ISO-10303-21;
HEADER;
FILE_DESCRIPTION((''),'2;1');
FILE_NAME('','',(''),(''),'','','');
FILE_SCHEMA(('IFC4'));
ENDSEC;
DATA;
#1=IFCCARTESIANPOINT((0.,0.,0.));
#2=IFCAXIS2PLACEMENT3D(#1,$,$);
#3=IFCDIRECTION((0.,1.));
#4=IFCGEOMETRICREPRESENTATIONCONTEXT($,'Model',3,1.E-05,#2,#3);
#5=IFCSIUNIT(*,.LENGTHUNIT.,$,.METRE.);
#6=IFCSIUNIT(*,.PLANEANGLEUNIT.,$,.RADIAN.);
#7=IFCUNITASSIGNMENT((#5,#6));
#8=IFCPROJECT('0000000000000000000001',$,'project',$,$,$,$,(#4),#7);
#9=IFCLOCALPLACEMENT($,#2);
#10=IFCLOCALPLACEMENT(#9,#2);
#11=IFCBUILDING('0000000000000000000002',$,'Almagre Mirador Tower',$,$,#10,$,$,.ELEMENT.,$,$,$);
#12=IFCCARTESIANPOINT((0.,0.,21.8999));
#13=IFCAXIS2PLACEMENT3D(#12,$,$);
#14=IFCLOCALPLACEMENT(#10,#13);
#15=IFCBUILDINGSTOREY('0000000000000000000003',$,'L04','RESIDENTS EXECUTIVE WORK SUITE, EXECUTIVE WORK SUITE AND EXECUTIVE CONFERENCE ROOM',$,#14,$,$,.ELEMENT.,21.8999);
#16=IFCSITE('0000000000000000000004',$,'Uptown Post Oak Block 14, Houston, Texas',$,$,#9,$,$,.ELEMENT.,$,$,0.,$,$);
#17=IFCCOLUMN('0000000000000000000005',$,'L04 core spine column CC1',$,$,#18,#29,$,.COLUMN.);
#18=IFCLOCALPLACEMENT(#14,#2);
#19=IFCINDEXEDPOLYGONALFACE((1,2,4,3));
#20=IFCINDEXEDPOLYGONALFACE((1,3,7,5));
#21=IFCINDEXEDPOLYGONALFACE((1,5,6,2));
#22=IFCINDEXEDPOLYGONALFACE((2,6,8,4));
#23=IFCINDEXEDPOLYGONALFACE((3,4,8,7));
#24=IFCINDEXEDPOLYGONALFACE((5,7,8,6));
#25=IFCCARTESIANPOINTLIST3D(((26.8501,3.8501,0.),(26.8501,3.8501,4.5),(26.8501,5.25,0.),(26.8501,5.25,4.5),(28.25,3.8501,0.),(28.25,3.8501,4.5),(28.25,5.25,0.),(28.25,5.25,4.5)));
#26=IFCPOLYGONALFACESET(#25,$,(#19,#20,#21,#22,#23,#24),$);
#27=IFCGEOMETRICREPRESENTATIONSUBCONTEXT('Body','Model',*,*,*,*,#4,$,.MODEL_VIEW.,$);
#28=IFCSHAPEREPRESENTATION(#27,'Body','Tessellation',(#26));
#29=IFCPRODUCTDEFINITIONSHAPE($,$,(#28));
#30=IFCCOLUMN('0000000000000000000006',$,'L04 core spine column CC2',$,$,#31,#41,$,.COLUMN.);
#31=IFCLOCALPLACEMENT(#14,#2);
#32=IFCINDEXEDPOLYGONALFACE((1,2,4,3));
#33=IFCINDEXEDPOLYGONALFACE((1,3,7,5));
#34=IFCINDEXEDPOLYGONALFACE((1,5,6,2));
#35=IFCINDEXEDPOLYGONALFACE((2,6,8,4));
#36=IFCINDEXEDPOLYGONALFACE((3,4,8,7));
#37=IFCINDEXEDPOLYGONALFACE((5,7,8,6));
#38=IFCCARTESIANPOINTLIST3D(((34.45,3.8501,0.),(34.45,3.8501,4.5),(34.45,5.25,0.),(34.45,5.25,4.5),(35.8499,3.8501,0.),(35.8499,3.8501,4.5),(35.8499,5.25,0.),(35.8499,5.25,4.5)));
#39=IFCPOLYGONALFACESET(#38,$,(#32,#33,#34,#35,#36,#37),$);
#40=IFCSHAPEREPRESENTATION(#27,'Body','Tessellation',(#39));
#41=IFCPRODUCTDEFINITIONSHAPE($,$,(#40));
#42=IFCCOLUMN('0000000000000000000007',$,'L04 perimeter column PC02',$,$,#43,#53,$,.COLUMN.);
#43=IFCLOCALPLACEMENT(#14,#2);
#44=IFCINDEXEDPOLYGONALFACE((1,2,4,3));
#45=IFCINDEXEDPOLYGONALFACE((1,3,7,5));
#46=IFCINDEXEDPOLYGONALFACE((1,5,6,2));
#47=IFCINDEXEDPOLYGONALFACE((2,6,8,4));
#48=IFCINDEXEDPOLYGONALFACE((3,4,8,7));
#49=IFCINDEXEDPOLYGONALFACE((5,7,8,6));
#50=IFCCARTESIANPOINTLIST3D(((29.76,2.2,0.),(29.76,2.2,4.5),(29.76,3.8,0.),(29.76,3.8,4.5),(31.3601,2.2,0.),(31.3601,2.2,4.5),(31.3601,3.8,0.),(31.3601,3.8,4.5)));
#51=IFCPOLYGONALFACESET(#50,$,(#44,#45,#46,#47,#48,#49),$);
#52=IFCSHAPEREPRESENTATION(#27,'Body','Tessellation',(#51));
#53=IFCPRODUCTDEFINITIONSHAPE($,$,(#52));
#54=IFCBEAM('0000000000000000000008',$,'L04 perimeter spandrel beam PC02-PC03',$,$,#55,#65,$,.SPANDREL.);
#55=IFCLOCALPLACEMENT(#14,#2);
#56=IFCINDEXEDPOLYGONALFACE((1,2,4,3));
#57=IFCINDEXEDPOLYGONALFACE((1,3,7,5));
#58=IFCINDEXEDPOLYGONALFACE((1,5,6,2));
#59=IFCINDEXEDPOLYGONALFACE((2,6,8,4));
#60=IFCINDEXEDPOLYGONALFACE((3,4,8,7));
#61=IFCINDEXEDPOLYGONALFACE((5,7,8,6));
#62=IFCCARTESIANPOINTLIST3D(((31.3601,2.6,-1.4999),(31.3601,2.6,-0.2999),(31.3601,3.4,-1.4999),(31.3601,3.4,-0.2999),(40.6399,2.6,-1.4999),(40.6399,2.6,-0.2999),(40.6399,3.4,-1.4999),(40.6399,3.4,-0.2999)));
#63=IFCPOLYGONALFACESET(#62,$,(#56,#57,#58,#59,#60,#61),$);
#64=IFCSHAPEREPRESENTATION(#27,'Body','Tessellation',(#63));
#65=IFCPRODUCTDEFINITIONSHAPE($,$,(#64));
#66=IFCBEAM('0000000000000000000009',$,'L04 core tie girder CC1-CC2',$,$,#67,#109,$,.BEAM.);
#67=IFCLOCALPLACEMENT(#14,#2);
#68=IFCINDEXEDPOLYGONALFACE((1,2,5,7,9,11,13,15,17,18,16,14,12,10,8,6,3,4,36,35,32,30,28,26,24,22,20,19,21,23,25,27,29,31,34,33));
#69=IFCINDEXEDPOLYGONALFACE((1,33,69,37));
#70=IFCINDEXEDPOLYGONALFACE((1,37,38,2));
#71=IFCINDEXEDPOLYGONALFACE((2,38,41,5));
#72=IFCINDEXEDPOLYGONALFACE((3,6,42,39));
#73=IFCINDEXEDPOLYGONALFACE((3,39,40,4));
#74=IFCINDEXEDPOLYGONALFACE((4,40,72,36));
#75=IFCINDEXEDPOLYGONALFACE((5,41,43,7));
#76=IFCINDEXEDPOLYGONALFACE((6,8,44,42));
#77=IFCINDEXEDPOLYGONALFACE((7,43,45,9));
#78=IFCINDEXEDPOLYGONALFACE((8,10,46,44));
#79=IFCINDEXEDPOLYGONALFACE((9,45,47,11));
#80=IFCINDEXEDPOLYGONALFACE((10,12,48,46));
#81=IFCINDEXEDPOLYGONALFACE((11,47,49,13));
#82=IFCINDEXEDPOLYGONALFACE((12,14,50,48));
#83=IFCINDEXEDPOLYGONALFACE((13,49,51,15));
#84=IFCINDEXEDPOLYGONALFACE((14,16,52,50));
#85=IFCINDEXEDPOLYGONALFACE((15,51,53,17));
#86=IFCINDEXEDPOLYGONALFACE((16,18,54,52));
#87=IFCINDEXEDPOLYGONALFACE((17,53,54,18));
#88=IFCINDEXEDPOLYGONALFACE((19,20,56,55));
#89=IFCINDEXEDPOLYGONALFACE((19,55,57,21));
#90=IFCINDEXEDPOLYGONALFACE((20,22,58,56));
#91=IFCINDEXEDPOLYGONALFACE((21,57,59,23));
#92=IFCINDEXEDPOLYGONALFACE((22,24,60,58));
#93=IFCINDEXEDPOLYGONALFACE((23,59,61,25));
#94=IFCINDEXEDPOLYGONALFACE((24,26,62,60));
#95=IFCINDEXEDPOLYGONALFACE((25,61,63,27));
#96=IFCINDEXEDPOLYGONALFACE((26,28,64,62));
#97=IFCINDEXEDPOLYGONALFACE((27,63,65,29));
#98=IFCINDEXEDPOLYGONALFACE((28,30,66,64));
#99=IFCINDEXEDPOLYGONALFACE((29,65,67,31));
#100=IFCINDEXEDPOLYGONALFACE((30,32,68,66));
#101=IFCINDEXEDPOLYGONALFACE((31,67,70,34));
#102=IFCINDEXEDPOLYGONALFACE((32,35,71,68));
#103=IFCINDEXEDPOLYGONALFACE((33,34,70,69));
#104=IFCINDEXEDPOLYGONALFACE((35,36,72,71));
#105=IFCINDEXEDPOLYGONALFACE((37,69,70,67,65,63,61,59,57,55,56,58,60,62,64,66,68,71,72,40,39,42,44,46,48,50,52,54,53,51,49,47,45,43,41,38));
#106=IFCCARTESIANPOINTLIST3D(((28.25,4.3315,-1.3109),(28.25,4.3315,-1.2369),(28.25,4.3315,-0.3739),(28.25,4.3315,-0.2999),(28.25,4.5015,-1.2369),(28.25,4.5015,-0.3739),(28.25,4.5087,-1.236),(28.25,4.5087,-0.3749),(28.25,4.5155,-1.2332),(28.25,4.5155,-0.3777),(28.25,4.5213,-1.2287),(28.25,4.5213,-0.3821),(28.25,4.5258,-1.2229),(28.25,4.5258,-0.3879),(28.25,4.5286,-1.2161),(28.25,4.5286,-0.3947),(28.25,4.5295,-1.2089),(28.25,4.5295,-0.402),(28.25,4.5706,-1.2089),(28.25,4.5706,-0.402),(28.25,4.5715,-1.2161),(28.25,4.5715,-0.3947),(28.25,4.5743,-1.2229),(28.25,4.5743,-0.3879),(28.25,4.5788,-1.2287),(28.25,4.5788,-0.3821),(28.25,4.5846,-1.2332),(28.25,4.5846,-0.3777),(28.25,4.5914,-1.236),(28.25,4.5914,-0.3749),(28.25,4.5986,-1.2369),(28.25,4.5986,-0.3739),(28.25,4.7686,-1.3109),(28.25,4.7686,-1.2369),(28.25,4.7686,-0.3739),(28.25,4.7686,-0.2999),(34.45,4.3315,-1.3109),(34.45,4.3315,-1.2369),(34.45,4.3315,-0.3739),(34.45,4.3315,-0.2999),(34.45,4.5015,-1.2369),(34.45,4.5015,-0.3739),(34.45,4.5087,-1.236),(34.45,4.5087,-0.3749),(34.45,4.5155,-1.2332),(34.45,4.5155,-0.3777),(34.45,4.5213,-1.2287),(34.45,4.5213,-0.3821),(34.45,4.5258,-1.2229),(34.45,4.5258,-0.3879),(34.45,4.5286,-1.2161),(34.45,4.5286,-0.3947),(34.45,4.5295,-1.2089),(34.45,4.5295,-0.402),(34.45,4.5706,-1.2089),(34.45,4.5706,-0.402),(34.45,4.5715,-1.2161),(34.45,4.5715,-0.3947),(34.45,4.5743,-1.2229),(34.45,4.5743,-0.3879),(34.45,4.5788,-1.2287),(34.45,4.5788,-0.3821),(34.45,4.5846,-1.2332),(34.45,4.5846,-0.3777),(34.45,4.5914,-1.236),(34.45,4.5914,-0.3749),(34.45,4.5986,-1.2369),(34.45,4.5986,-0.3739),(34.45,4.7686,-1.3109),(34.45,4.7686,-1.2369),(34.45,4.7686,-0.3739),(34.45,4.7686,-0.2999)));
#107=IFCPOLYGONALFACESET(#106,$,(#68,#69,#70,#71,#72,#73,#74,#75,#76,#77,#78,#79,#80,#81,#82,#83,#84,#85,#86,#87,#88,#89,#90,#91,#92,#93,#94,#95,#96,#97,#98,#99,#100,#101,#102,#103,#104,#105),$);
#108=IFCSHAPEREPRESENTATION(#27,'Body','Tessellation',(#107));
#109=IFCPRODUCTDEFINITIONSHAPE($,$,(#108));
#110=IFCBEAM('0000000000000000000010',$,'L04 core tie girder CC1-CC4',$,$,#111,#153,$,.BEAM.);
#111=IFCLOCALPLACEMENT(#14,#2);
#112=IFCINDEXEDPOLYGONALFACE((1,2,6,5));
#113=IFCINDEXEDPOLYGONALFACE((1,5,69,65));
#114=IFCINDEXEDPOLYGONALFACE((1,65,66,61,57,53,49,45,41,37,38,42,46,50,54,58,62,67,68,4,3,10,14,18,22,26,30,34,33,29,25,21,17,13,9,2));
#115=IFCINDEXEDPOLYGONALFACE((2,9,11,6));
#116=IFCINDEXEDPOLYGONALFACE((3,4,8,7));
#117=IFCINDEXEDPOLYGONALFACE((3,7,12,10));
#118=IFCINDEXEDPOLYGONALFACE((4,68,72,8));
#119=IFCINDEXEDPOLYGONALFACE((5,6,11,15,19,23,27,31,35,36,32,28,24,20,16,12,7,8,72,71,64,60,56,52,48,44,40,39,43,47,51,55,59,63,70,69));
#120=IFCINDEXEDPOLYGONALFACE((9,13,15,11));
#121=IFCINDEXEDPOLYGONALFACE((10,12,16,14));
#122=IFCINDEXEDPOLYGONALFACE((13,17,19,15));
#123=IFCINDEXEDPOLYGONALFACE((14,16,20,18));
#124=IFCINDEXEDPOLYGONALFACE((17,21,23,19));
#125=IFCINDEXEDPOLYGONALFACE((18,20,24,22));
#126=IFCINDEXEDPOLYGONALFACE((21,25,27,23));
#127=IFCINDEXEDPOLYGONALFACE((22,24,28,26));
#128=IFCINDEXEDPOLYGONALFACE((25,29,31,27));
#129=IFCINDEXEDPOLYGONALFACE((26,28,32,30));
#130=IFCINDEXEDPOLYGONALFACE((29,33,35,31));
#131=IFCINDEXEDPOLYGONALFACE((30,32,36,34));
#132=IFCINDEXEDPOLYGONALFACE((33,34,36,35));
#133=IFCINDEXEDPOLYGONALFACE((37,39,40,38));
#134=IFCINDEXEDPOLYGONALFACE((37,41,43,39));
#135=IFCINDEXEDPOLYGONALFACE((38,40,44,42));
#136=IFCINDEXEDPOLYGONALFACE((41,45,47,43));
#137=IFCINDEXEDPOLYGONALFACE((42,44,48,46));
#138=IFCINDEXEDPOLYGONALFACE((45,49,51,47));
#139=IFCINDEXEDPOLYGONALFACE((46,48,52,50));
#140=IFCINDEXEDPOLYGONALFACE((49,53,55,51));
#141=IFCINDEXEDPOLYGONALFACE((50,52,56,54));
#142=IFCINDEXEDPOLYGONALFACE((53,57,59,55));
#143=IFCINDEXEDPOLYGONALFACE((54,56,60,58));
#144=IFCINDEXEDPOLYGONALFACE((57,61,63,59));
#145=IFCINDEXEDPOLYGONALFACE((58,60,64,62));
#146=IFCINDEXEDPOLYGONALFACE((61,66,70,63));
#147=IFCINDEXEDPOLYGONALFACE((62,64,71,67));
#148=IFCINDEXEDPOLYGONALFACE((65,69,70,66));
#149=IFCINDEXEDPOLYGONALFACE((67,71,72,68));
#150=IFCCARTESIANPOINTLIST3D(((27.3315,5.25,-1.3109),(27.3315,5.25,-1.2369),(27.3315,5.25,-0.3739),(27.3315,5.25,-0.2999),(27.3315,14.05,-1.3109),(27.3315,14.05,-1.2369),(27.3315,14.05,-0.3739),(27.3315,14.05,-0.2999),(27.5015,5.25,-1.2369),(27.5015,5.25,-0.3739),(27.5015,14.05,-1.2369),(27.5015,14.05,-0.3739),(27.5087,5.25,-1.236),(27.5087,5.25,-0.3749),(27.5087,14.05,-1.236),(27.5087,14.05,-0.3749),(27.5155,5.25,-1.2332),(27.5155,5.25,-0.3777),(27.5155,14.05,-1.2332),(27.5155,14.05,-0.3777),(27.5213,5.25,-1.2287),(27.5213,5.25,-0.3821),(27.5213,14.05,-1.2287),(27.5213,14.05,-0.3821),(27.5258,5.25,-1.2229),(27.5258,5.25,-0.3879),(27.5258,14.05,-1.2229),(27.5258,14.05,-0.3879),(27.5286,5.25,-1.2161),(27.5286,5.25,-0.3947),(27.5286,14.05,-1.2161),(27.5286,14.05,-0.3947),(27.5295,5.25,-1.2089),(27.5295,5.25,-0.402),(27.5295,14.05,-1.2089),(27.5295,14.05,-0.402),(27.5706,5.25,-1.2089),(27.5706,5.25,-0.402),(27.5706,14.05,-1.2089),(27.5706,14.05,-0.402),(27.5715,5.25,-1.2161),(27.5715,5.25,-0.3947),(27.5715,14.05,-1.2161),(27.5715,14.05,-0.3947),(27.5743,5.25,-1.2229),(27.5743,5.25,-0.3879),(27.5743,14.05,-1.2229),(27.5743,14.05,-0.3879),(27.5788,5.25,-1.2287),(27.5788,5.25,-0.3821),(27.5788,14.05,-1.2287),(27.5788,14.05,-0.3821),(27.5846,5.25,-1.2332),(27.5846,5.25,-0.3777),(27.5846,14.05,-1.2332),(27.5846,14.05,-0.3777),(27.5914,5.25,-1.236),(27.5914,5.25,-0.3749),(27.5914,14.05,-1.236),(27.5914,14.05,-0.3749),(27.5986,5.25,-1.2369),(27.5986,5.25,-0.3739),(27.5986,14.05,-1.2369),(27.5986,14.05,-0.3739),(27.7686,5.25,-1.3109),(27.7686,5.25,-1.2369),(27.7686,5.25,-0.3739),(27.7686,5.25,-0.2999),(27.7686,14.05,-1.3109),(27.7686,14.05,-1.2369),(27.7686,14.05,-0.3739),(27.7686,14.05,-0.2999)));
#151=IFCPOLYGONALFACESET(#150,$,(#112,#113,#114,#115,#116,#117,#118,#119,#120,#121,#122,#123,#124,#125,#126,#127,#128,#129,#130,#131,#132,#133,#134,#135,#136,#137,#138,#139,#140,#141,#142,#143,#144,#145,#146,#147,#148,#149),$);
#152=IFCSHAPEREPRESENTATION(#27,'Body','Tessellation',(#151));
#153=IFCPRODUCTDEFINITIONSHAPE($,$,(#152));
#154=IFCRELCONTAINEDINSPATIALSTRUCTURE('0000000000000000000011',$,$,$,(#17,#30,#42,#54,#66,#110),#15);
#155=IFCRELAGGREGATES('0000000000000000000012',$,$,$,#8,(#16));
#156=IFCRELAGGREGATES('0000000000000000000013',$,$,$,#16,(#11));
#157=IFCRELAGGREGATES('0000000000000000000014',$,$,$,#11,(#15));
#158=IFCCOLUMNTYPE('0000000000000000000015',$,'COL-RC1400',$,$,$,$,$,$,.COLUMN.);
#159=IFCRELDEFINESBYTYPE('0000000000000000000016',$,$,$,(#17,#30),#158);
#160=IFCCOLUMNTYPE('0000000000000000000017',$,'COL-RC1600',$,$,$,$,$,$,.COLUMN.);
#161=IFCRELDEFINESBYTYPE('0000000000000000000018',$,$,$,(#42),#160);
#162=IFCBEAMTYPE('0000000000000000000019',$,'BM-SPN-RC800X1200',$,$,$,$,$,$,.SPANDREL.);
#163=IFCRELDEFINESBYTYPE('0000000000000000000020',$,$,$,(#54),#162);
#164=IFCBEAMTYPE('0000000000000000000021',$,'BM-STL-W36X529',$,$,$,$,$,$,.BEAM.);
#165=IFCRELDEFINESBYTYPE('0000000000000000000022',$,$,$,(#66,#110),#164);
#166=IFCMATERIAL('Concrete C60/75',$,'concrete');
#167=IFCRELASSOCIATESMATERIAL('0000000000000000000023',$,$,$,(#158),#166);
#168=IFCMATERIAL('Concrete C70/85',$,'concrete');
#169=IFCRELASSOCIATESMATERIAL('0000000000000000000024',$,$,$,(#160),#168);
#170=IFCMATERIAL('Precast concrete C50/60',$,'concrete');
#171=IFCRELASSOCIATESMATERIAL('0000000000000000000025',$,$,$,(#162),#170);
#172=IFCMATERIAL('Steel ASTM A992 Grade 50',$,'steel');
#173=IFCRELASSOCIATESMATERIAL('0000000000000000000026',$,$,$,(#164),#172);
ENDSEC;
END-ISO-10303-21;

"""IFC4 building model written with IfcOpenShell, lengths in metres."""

from ifc_helpers import new_model, si_unit, direction, frame, origin, origin_2d, place, context, subcontext, project, spatial, rectangle, i_section, extrude, material, material_profile, profile_set, type_object, element, save


model = new_model("IFC4")

# Units and contexts
model_context = context("Model", 3, precision=1e-05, world=origin(), true_north=direction((0.0, 1.0)))
body_context = subcontext(model_context, "Body", "Model", "MODEL_VIEW")
ifc_project = project(units=[si_unit("LENGTHUNIT", "METRE"), si_unit("PLANEANGLEUNIT", "RADIAN")], contexts=[model_context])

# Site, building, storey
site_placement = place(None, origin())
site = spatial("IfcSite", under=ifc_project, at=site_placement, Name="Uptown Post Oak Block 14, Houston, Texas", CompositionType="ELEMENT", RefElevation=0.0)
building_placement = place(site_placement, origin())
building = spatial("IfcBuilding", under=site, at=building_placement, Name="Almagre Mirador Tower", CompositionType="ELEMENT")
storey_placement = place(building_placement, frame((0.0, 0.0, 21.8999)))
storey = spatial("IfcBuildingStorey", under=building, at=storey_placement, Name="L04", Description="RESIDENTS EXECUTIVE WORK SUITE, EXECUTIVE WORK SUITE AND EXECUTIVE CONFERENCE ROOM", CompositionType="ELEMENT", Elevation=21.8999)

# Columns
ifc_material_1 = material(Name="Concrete C60/75", Category="concrete")
ifc_material_profile_1 = material_profile(ifc_material_1, rectangle(XDim=1.3999, YDim=1.3999, at=origin_2d()), Name="RC1400X1400")
ifc_profile_set_1 = profile_set([ifc_material_profile_1], Name="Concrete C60/75")
column_type_1 = type_object("IfcColumnType", Name="COL-RC1400", PredefinedType="COLUMN", material=ifc_profile_set_1)
for number, where, z_axis, x_axis, name in (
    (1, (27.55, 4.55, 0.0), (0.0, 0.0, 1.0), (1.0, 0.0, 0.0), "L04 core spine column CC1"),
    (2, (35.1499, 4.55, 0.0), (0.0, 0.0, 1.0), (1.0, 0.0, 0.0), "L04 core spine column CC2"),
):
    element("IfcColumn", number, at=place(storey_placement, frame(where, z_axis=z_axis, x_axis=x_axis)), inside=storey, type_object=column_type_1, Name=name, PredefinedType="COLUMN", context=body_context, shape_type="SweptSolid", body=[
        extrude(rectangle(XDim=1.3999, YDim=1.3999, at=origin_2d()), origin(), (0.0, 0.0, 1.0), 4.5),
    ])
ifc_material_2 = material(Name="Concrete C70/85", Category="concrete")
ifc_material_profile_2 = material_profile(ifc_material_2, rectangle(XDim=1.6001, YDim=1.6001, at=origin_2d()), Name="RC1600X1600")
ifc_profile_set_2 = profile_set([ifc_material_profile_2], Name="Concrete C70/85")
column_type_2 = type_object("IfcColumnType", Name="COL-RC1600", PredefinedType="COLUMN", material=ifc_profile_set_2)
column_placement = place(storey_placement, frame((30.5601, 3.0, 0.0), z_axis=(0.0, 0.0, 1.0), x_axis=(1.0, 0.0, 0.0)))
element("IfcColumn", 3, at=column_placement, inside=storey, type_object=column_type_2, Name="L04 perimeter column PC02", PredefinedType="COLUMN", context=body_context, shape_type="SweptSolid", body=[
    extrude(rectangle(XDim=1.6001, YDim=1.6001, at=origin_2d()), origin(), (0.0, 0.0, 1.0), 4.5),
])

# Beams
ifc_material_3 = material(Name="Precast concrete C50/60", Category="concrete")
ifc_material_profile_3 = material_profile(ifc_material_3, rectangle(XDim=0.8, YDim=1.2, at=origin_2d()), Name="RC800X1200")
ifc_profile_set_3 = profile_set([ifc_material_profile_3], Name="Precast concrete C50/60")
beam_type_1 = type_object("IfcBeamType", Name="BM-SPN-RC800X1200", PredefinedType="SPANDREL", material=ifc_profile_set_3)
beam_1_placement = place(storey_placement, frame((31.3601, 3.0, -0.8999), z_axis=(1.0, 0.0, 0.0), x_axis=(0.0, 1.0, 0.0)))
element("IfcBeam", 4, at=beam_1_placement, inside=storey, type_object=beam_type_1, Name="L04 perimeter spandrel beam PC02-PC03", PredefinedType="SPANDREL", context=body_context, shape_type="SweptSolid", body=[
    extrude(rectangle(XDim=0.8, YDim=1.2, at=origin_2d()), origin(), (0.0, 0.0, 1.0), 9.2798),
])
ifc_material_4 = material(Name="Steel ASTM A992 Grade 50", Category="steel")
ifc_material_profile_4 = material_profile(ifc_material_4, i_section(OverallWidth=0.437, OverallDepth=1.011, WebThickness=0.041, FlangeThickness=0.074, FilletRadius=0.0281, at=origin_2d()), Name="W36X529")
ifc_profile_set_4 = profile_set([ifc_material_profile_4], Name="Steel ASTM A992 Grade 50")
beam_type_2 = type_object("IfcBeamType", Name="BM-STL-W36X529", PredefinedType="BEAM", material=ifc_profile_set_4)
beam_2_placement = place(storey_placement, frame((28.25, 4.55, -0.8054), z_axis=(1.0, 0.0, 0.0), x_axis=(0.0, 1.0, 0.0)))
element("IfcBeam", 5, at=beam_2_placement, inside=storey, type_object=beam_type_2, Name="L04 core tie girder CC1-CC2", PredefinedType="BEAM", context=body_context, shape_type="SweptSolid", body=[
    extrude(i_section(OverallWidth=0.437, OverallDepth=1.011, WebThickness=0.041, FlangeThickness=0.074, FilletRadius=0.0281, at=origin_2d()), origin(), (0.0, 0.0, 1.0), 6.2),
])
beam_3_placement = place(storey_placement, frame((27.55, 5.25, -0.8054), z_axis=(0.0, 1.0, 0.0), x_axis=(-1.0, 0.0, 0.0)))
element("IfcBeam", 6, at=beam_3_placement, inside=storey, type_object=beam_type_2, Name="L04 core tie girder CC1-CC4", PredefinedType="BEAM", context=body_context, shape_type="SweptSolid", body=[
    extrude(i_section(OverallWidth=0.437, OverallDepth=1.011, WebThickness=0.041, FlangeThickness=0.074, FilletRadius=0.0281, at=origin_2d()), origin(), (0.0, 0.0, 1.0), 8.8),
])

save(model, "model.ifc")
